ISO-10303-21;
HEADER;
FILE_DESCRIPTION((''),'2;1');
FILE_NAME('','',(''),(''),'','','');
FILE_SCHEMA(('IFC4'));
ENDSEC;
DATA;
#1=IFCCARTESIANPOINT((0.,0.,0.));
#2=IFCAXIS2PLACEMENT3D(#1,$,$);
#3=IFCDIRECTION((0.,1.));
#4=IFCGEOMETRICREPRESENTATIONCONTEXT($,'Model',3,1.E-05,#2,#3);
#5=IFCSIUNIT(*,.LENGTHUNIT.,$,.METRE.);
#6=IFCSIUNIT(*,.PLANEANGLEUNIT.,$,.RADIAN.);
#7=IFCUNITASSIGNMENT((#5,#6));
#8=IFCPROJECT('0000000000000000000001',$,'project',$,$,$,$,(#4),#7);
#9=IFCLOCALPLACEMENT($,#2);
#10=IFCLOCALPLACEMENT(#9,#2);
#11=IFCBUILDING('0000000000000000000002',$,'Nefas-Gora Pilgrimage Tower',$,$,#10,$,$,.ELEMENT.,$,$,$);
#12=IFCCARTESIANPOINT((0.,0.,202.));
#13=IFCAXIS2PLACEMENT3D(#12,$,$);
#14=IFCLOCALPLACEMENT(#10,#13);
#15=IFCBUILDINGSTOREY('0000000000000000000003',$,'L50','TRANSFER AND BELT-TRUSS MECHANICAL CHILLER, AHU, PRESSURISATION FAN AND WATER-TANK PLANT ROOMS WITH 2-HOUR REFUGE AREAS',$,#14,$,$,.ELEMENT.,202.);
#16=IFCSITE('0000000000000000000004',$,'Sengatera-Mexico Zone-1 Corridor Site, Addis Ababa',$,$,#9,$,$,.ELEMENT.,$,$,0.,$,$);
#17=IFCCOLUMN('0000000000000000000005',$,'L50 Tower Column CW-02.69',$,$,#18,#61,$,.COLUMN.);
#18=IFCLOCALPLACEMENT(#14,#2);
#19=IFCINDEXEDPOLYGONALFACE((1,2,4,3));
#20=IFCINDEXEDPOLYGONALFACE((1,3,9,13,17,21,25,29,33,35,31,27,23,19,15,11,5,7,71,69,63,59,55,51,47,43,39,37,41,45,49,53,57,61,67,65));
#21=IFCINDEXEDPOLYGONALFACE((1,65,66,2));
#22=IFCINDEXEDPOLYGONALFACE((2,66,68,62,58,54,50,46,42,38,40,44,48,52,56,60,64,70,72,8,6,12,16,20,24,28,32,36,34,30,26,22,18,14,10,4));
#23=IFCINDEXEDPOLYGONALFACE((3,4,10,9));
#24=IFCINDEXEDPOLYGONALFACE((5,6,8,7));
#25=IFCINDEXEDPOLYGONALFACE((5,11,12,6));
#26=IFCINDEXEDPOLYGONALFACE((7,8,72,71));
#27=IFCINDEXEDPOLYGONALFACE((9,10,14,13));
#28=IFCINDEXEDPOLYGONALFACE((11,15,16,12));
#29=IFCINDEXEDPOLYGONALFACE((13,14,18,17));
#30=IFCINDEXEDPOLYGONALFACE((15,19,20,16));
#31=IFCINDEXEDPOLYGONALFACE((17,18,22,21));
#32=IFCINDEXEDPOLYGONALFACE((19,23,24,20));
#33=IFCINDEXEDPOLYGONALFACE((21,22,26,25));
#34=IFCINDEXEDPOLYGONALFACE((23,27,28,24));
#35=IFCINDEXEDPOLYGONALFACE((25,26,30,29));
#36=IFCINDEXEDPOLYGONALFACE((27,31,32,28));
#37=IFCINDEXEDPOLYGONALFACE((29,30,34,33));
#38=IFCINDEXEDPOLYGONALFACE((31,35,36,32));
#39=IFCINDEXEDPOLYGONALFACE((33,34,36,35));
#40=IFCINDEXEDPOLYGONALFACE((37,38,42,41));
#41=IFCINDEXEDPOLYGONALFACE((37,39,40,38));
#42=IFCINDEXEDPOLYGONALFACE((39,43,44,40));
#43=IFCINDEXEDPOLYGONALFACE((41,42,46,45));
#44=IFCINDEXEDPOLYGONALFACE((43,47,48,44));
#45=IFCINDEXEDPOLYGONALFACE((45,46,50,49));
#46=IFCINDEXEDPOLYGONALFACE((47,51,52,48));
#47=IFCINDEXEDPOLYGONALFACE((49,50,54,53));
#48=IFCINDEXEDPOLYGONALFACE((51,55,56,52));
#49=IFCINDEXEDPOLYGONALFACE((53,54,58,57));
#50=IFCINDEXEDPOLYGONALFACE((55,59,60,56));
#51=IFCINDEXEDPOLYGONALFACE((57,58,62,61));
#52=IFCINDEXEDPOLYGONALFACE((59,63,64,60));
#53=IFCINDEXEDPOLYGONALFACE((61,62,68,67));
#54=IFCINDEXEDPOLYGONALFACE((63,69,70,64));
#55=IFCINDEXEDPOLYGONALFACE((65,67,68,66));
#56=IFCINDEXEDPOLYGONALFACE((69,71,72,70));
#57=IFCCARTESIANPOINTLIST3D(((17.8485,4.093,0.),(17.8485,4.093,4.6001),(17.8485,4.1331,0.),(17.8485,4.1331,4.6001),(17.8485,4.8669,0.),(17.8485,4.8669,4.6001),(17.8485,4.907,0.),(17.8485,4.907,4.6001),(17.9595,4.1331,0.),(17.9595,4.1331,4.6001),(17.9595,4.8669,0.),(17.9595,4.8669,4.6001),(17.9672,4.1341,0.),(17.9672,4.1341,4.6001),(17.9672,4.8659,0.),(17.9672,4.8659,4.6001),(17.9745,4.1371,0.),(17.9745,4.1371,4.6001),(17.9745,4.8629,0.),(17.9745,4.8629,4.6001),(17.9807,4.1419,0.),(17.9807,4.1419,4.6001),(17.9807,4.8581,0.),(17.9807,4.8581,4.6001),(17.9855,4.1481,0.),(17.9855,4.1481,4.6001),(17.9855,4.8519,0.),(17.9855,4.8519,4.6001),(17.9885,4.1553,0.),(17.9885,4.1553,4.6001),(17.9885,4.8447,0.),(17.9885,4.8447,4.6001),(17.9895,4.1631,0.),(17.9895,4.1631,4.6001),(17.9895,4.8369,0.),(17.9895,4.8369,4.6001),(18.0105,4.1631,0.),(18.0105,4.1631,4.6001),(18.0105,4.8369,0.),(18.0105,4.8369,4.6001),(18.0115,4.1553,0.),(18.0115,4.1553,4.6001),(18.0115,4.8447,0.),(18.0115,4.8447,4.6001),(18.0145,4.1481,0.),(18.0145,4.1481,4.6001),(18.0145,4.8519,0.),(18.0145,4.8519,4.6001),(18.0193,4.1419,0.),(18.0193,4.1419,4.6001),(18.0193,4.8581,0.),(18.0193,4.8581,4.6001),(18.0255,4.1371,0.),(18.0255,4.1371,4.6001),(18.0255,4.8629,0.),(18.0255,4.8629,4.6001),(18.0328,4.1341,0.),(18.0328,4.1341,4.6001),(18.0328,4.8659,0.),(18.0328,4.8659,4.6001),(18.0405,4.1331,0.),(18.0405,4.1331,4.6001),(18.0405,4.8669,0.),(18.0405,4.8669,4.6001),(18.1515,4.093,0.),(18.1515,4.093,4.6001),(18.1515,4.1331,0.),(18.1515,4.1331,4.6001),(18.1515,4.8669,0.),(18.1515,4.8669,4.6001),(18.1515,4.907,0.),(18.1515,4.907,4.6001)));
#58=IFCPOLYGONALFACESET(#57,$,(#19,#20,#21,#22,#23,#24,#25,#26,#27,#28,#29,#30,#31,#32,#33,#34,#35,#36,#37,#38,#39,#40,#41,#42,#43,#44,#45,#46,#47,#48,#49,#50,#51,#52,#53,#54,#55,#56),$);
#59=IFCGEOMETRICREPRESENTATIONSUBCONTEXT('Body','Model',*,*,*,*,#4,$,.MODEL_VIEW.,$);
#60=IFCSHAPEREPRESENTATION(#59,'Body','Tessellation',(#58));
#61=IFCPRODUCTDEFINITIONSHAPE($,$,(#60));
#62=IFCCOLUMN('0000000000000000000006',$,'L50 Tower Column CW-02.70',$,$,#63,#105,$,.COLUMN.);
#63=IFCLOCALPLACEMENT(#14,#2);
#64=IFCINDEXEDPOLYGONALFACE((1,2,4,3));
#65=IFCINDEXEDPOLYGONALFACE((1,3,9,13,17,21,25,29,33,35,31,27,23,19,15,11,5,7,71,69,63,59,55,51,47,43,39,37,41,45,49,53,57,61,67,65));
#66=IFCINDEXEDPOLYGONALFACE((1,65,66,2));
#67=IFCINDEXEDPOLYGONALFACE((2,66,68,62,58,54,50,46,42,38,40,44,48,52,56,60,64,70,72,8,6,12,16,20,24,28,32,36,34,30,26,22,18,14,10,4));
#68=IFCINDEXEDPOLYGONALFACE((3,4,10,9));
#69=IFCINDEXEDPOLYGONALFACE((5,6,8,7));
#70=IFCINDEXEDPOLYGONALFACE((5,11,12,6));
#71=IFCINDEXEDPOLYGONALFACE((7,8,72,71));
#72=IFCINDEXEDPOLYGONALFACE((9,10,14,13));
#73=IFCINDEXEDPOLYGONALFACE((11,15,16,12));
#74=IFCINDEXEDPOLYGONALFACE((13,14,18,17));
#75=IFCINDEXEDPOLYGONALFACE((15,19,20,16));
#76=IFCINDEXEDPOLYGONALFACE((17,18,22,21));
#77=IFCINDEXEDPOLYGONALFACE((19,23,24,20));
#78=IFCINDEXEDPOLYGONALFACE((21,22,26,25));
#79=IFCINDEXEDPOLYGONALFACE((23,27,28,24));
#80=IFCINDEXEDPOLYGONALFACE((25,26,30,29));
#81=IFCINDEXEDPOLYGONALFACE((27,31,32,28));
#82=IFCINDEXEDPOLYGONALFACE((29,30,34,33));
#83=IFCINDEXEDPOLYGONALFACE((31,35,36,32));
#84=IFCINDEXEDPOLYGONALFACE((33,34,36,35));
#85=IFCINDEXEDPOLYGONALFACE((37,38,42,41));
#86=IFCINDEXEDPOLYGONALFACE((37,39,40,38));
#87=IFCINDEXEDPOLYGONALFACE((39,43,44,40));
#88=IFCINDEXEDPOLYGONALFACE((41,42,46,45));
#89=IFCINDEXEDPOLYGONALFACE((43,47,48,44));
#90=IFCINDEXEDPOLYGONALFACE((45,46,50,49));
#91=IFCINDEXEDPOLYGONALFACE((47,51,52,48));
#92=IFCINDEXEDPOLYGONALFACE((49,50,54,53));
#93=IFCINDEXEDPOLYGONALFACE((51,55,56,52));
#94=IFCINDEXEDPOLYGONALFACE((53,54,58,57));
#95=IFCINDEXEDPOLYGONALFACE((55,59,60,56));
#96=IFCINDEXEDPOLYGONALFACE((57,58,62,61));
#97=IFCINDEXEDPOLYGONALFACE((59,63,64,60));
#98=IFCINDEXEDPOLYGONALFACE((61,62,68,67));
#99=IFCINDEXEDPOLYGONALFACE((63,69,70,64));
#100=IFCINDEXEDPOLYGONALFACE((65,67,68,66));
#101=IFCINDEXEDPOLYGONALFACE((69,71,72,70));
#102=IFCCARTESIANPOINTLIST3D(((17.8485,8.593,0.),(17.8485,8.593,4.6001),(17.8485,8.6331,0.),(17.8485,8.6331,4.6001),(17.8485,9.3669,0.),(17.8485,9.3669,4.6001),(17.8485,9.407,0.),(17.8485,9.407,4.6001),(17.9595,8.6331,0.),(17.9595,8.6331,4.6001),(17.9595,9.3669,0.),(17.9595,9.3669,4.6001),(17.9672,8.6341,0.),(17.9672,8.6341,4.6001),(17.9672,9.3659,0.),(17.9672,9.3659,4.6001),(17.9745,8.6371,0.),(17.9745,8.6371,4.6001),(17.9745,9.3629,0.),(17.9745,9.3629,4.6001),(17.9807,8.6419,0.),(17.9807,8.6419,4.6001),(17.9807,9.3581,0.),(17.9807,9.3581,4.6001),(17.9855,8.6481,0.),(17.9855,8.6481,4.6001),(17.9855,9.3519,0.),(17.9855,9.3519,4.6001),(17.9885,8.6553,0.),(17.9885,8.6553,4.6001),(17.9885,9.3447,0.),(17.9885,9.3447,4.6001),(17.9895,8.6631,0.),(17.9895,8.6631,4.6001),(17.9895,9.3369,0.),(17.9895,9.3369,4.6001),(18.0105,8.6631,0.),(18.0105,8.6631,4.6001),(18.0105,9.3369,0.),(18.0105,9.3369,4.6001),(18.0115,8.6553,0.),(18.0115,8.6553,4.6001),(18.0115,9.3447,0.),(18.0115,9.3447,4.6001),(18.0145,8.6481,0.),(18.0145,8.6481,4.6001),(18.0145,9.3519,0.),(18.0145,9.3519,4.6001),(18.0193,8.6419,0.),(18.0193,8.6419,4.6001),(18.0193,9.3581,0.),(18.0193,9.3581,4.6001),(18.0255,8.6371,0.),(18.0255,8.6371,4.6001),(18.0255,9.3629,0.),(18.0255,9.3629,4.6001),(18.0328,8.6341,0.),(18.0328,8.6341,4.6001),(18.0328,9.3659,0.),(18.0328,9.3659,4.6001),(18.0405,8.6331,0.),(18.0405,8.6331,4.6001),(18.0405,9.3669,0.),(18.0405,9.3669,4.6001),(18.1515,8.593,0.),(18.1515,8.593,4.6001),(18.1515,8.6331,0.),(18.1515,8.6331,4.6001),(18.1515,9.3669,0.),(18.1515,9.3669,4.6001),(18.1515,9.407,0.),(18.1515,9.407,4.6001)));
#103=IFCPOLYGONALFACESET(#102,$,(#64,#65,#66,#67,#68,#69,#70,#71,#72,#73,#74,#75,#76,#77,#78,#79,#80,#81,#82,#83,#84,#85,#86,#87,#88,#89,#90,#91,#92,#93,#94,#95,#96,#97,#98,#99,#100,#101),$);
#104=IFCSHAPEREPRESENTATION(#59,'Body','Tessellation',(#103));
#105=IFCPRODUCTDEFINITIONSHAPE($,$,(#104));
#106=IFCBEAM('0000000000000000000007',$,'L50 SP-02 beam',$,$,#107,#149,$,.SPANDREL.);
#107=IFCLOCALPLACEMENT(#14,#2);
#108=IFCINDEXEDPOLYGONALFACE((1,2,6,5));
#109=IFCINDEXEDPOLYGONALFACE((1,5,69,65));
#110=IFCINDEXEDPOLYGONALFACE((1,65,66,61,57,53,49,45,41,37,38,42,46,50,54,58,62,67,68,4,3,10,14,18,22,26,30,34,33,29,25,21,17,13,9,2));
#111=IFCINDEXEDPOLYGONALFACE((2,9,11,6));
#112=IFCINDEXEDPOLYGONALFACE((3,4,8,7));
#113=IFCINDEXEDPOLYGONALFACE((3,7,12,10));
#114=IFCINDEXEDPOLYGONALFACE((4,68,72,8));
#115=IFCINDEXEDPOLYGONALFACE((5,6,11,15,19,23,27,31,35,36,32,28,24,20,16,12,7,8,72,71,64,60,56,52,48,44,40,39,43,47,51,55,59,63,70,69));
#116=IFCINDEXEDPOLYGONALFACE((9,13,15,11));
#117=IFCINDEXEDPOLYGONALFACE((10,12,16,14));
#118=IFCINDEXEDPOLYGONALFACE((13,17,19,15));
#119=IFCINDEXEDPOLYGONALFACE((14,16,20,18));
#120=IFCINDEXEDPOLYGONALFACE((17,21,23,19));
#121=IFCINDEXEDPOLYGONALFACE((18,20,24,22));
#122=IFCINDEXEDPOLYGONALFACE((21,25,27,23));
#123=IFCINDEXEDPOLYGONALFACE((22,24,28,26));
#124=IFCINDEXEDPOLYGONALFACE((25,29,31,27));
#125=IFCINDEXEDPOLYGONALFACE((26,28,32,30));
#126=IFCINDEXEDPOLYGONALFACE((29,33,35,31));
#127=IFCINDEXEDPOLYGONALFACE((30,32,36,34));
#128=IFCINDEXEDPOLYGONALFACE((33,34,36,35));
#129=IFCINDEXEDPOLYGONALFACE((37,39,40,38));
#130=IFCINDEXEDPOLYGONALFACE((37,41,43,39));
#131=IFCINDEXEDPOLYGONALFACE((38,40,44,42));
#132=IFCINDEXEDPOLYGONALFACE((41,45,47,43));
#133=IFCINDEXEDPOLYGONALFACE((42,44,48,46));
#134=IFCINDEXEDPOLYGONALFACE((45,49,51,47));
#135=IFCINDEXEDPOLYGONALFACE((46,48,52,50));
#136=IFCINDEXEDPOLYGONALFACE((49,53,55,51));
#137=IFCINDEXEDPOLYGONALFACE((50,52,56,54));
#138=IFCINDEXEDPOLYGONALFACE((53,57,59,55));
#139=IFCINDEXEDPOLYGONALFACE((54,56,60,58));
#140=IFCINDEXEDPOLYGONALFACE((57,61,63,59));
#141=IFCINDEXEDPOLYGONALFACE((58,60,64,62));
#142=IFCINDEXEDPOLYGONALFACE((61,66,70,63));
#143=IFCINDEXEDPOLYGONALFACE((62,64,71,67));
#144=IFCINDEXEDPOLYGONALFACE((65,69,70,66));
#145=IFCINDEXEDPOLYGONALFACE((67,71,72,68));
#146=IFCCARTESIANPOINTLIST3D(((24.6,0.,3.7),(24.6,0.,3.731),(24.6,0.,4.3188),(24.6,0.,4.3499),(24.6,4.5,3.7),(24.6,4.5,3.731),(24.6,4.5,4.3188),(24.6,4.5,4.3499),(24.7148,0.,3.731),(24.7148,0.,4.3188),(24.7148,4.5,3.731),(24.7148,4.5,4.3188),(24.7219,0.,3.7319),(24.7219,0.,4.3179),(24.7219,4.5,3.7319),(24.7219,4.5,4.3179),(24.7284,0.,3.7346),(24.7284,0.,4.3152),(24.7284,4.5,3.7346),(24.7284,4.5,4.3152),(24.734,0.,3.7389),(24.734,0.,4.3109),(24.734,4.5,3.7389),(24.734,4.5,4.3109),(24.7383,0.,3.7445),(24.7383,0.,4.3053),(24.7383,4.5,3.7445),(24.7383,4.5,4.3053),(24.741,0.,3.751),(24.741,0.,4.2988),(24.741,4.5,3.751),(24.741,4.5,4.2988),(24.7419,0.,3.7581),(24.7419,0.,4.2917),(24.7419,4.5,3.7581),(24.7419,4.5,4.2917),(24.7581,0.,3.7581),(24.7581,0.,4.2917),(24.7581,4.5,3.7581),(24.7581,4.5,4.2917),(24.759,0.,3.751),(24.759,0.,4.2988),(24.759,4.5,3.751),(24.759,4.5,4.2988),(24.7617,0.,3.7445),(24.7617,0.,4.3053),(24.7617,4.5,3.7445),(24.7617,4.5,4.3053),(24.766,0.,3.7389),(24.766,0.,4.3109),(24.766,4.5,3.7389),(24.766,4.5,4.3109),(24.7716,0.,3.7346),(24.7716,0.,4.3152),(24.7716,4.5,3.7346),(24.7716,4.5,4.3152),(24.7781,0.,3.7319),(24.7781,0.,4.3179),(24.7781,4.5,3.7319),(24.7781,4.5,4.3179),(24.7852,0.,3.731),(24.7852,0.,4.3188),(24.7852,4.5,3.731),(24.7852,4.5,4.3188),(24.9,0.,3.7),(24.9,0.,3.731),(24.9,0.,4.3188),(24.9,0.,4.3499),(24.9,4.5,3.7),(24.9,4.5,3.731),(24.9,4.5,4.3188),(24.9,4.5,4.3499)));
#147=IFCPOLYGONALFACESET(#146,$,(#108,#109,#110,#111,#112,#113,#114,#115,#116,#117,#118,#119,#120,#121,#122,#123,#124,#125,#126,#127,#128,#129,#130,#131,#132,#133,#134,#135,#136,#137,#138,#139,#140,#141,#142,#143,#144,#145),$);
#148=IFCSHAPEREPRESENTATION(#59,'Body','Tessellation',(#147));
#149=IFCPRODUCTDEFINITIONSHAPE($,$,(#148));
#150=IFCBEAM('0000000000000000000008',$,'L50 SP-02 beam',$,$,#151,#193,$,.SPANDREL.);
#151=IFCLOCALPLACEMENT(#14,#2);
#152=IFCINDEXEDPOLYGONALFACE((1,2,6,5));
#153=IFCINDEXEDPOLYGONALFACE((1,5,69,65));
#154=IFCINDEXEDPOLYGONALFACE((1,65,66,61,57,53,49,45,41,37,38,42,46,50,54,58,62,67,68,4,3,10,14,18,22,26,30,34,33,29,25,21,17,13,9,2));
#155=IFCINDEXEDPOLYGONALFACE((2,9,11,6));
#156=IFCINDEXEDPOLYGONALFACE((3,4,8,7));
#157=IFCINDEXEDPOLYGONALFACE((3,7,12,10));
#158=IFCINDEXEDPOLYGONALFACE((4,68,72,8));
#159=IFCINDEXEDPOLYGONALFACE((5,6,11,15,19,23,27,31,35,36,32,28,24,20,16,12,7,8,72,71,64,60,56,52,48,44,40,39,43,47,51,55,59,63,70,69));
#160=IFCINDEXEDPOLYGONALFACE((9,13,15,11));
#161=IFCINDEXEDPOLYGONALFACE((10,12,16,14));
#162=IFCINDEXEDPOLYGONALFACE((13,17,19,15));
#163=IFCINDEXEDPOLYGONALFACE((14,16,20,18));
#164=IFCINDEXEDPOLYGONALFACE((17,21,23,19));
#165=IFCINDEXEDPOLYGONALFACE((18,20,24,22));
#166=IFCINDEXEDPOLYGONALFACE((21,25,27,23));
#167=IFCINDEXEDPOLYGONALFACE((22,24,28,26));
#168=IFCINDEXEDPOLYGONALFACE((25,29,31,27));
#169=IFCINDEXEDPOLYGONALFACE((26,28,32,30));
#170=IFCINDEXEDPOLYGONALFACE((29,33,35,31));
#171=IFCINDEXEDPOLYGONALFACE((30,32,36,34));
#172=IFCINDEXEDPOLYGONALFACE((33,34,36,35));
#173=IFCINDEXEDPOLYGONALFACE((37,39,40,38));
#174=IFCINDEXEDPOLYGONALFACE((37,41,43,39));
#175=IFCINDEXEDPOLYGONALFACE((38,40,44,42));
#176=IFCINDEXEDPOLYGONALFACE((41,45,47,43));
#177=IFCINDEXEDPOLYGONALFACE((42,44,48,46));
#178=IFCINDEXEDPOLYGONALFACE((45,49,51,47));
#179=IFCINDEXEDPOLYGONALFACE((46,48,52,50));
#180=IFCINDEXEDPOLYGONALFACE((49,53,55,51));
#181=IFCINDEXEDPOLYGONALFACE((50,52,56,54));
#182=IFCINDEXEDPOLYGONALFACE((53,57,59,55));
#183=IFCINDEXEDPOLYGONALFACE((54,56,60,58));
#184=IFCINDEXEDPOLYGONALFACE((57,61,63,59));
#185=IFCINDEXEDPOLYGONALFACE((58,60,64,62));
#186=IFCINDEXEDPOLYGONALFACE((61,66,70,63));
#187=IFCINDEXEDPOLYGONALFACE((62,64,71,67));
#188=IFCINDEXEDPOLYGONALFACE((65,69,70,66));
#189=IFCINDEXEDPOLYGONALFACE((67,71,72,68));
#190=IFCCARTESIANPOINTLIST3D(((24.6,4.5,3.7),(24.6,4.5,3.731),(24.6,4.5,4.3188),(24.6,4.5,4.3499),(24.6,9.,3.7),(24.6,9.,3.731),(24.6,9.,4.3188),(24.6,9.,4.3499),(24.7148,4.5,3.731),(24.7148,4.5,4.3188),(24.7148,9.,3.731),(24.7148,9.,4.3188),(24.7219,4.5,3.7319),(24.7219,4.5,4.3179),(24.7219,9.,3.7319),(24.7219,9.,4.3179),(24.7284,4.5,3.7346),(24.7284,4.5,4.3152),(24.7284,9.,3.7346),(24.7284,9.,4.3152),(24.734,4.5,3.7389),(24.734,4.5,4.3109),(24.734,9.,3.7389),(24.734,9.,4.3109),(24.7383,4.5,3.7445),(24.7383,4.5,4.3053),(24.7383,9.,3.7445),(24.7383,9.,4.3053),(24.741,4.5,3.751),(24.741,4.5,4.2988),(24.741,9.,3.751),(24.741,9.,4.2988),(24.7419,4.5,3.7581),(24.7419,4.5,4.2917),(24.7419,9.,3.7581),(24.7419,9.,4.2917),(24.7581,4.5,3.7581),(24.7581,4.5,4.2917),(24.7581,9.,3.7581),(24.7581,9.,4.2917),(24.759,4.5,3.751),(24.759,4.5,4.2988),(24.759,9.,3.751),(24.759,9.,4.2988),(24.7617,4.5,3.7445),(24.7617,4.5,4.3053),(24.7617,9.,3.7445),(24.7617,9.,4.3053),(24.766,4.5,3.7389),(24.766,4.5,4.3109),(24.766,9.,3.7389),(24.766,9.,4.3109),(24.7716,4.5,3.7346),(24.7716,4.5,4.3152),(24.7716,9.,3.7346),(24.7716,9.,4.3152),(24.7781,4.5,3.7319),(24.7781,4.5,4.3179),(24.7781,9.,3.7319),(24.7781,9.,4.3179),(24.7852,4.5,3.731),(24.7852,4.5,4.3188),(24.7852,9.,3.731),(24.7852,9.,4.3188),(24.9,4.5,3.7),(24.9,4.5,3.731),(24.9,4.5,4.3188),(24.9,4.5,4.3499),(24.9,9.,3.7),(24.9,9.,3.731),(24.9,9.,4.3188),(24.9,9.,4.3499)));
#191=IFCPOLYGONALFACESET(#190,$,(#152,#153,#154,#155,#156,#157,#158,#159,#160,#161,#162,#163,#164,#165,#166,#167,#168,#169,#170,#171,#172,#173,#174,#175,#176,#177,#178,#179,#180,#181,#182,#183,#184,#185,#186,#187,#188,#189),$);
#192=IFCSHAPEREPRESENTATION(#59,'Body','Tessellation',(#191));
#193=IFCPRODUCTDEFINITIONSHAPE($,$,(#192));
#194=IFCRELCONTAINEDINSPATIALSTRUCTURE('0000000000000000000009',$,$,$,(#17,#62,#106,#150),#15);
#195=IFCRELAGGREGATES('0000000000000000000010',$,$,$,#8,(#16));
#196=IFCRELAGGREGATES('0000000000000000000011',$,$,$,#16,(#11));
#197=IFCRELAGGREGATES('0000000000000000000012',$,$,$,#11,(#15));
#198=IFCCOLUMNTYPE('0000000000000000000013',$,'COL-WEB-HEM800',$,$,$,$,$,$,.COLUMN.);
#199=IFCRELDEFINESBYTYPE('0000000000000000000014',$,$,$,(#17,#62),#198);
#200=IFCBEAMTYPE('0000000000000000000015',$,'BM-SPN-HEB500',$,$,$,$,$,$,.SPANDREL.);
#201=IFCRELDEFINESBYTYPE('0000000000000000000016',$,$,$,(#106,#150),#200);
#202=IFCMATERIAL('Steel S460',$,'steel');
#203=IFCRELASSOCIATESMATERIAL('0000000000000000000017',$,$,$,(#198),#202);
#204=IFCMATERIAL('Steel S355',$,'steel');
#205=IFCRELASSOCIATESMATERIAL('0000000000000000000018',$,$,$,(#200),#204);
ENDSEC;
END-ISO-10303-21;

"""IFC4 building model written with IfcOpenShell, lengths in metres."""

from ifc_helpers import new_model, si_unit, direction, frame, origin, origin_2d, place, context, subcontext, project, spatial, i_section, extrude, source, transform, mapped, material, material_profile, profile_set, type_object, element, save


model = new_model("IFC4")

# Units and contexts
model_context = context("Model", 3, precision=1e-05, world=origin(), true_north=direction((0.0, 1.0)))
body_context = subcontext(model_context, "Body", "Model", "MODEL_VIEW")
ifc_project = project(units=[si_unit("LENGTHUNIT", "METRE"), si_unit("PLANEANGLEUNIT", "RADIAN")], contexts=[model_context])

# Site, building, storey
site_placement = place(None, origin())
site = spatial("IfcSite", under=ifc_project, at=site_placement, Name="Sengatera-Mexico Zone-1 Corridor Site, Addis Ababa", CompositionType="ELEMENT", RefElevation=0.0)
building_placement = place(site_placement, origin())
building = spatial("IfcBuilding", under=site, at=building_placement, Name="Nefas-Gora Pilgrimage Tower", CompositionType="ELEMENT")
storey_placement = place(building_placement, frame((0.0, 0.0, 202.0)))
storey = spatial("IfcBuildingStorey", under=building, at=storey_placement, Name="L50", Description="TRANSFER AND BELT-TRUSS MECHANICAL CHILLER, AHU, PRESSURISATION FAN AND WATER-TANK PLANT ROOMS WITH 2-HOUR REFUGE AREAS", CompositionType="ELEMENT", Elevation=202.0)

# Columns
ifc_material_1 = material(Name="Steel S460", Category="steel")
ifc_material_profile_1 = material_profile(ifc_material_1, i_section(OverallWidth=0.303, OverallDepth=0.814, WebThickness=0.021, FlangeThickness=0.04, FilletRadius=0.03, at=origin_2d()), Name="HEM 800")
ifc_profile_set_1 = profile_set([ifc_material_profile_1], Name="Steel S460")
column_type_1 = type_object("IfcColumnType", Name="COL-WEB-HEM800", PredefinedType="COLUMN", material=ifc_profile_set_1)
shared_shape_1 = source(origin(), body_context, "Body", "SweptSolid", [
    extrude(i_section(OverallWidth=0.303, OverallDepth=0.814, WebThickness=0.021, FlangeThickness=0.04, FilletRadius=0.03, at=origin_2d()), origin(), (0.0, 0.0, 1.0), 4.6001),
])
for number, where, z_axis, x_axis, name in (
    (1, (18.0, 4.5, 0.0), (0.0, 0.0, 1.0), (1.0, 0.0, 0.0), "L50 Tower Column CW-02.69"),
    (2, (18.0, 9.0, 0.0), (0.0, 0.0, 1.0), (1.0, 0.0, 0.0), "L50 Tower Column CW-02.70"),
):
    element("IfcColumn", number, at=place(storey_placement, frame(where, z_axis=z_axis, x_axis=x_axis)), inside=storey, type_object=column_type_1, Name=name, PredefinedType="COLUMN", context=body_context, shape_type="MappedRepresentation", body=[
        mapped(shared_shape_1, transform((0.0, 0.0, 0.0), x_axis=(1.0, 0.0, 0.0), y_axis=(0.0, 1.0, 0.0), z_axis=(0.0, 0.0, 1.0), scale=1.0)),
    ])

# Beams
ifc_material_2 = material(Name="Steel S355", Category="steel")
ifc_material_profile_2 = material_profile(ifc_material_2, i_section(OverallWidth=0.3, OverallDepth=0.6499, WebThickness=0.0161, FlangeThickness=0.031, FilletRadius=0.0271, at=origin_2d()), Name="HEB 650")
ifc_profile_set_2 = profile_set([ifc_material_profile_2], Name="Steel S355")
beam_type_1 = type_object("IfcBeamType", Name="BM-SPN-HEB500", PredefinedType="SPANDREL", material=ifc_profile_set_2)
shared_shape_2 = source(origin(), body_context, "Body", "SweptSolid", [
    extrude(i_section(OverallWidth=0.3, OverallDepth=0.6499, WebThickness=0.0161, FlangeThickness=0.031, FilletRadius=0.0271, at=origin_2d()), origin(), (0.0, 0.0, 1.0), 4.5),
])
for number, where, z_axis, x_axis, name in (
    (3, (24.75, 0.0, 4.0249), (0.0, 1.0, 0.0), (-1.0, 0.0, 0.0), "L50 SP-02 beam"),
    (4, (24.75, 4.5, 4.0249), (0.0, 1.0, 0.0), (-1.0, 0.0, 0.0), "L50 SP-02 beam"),
):
    element("IfcBeam", number, at=place(storey_placement, frame(where, z_axis=z_axis, x_axis=x_axis)), inside=storey, type_object=beam_type_1, Name=name, PredefinedType="SPANDREL", context=body_context, shape_type="MappedRepresentation", body=[
        mapped(shared_shape_2, transform((0.0, 0.0, 0.0), x_axis=(1.0, 0.0, 0.0), y_axis=(0.0, 1.0, 0.0), z_axis=(0.0, 0.0, 1.0), scale=1.0)),
    ])

save(model, "model.ifc")
